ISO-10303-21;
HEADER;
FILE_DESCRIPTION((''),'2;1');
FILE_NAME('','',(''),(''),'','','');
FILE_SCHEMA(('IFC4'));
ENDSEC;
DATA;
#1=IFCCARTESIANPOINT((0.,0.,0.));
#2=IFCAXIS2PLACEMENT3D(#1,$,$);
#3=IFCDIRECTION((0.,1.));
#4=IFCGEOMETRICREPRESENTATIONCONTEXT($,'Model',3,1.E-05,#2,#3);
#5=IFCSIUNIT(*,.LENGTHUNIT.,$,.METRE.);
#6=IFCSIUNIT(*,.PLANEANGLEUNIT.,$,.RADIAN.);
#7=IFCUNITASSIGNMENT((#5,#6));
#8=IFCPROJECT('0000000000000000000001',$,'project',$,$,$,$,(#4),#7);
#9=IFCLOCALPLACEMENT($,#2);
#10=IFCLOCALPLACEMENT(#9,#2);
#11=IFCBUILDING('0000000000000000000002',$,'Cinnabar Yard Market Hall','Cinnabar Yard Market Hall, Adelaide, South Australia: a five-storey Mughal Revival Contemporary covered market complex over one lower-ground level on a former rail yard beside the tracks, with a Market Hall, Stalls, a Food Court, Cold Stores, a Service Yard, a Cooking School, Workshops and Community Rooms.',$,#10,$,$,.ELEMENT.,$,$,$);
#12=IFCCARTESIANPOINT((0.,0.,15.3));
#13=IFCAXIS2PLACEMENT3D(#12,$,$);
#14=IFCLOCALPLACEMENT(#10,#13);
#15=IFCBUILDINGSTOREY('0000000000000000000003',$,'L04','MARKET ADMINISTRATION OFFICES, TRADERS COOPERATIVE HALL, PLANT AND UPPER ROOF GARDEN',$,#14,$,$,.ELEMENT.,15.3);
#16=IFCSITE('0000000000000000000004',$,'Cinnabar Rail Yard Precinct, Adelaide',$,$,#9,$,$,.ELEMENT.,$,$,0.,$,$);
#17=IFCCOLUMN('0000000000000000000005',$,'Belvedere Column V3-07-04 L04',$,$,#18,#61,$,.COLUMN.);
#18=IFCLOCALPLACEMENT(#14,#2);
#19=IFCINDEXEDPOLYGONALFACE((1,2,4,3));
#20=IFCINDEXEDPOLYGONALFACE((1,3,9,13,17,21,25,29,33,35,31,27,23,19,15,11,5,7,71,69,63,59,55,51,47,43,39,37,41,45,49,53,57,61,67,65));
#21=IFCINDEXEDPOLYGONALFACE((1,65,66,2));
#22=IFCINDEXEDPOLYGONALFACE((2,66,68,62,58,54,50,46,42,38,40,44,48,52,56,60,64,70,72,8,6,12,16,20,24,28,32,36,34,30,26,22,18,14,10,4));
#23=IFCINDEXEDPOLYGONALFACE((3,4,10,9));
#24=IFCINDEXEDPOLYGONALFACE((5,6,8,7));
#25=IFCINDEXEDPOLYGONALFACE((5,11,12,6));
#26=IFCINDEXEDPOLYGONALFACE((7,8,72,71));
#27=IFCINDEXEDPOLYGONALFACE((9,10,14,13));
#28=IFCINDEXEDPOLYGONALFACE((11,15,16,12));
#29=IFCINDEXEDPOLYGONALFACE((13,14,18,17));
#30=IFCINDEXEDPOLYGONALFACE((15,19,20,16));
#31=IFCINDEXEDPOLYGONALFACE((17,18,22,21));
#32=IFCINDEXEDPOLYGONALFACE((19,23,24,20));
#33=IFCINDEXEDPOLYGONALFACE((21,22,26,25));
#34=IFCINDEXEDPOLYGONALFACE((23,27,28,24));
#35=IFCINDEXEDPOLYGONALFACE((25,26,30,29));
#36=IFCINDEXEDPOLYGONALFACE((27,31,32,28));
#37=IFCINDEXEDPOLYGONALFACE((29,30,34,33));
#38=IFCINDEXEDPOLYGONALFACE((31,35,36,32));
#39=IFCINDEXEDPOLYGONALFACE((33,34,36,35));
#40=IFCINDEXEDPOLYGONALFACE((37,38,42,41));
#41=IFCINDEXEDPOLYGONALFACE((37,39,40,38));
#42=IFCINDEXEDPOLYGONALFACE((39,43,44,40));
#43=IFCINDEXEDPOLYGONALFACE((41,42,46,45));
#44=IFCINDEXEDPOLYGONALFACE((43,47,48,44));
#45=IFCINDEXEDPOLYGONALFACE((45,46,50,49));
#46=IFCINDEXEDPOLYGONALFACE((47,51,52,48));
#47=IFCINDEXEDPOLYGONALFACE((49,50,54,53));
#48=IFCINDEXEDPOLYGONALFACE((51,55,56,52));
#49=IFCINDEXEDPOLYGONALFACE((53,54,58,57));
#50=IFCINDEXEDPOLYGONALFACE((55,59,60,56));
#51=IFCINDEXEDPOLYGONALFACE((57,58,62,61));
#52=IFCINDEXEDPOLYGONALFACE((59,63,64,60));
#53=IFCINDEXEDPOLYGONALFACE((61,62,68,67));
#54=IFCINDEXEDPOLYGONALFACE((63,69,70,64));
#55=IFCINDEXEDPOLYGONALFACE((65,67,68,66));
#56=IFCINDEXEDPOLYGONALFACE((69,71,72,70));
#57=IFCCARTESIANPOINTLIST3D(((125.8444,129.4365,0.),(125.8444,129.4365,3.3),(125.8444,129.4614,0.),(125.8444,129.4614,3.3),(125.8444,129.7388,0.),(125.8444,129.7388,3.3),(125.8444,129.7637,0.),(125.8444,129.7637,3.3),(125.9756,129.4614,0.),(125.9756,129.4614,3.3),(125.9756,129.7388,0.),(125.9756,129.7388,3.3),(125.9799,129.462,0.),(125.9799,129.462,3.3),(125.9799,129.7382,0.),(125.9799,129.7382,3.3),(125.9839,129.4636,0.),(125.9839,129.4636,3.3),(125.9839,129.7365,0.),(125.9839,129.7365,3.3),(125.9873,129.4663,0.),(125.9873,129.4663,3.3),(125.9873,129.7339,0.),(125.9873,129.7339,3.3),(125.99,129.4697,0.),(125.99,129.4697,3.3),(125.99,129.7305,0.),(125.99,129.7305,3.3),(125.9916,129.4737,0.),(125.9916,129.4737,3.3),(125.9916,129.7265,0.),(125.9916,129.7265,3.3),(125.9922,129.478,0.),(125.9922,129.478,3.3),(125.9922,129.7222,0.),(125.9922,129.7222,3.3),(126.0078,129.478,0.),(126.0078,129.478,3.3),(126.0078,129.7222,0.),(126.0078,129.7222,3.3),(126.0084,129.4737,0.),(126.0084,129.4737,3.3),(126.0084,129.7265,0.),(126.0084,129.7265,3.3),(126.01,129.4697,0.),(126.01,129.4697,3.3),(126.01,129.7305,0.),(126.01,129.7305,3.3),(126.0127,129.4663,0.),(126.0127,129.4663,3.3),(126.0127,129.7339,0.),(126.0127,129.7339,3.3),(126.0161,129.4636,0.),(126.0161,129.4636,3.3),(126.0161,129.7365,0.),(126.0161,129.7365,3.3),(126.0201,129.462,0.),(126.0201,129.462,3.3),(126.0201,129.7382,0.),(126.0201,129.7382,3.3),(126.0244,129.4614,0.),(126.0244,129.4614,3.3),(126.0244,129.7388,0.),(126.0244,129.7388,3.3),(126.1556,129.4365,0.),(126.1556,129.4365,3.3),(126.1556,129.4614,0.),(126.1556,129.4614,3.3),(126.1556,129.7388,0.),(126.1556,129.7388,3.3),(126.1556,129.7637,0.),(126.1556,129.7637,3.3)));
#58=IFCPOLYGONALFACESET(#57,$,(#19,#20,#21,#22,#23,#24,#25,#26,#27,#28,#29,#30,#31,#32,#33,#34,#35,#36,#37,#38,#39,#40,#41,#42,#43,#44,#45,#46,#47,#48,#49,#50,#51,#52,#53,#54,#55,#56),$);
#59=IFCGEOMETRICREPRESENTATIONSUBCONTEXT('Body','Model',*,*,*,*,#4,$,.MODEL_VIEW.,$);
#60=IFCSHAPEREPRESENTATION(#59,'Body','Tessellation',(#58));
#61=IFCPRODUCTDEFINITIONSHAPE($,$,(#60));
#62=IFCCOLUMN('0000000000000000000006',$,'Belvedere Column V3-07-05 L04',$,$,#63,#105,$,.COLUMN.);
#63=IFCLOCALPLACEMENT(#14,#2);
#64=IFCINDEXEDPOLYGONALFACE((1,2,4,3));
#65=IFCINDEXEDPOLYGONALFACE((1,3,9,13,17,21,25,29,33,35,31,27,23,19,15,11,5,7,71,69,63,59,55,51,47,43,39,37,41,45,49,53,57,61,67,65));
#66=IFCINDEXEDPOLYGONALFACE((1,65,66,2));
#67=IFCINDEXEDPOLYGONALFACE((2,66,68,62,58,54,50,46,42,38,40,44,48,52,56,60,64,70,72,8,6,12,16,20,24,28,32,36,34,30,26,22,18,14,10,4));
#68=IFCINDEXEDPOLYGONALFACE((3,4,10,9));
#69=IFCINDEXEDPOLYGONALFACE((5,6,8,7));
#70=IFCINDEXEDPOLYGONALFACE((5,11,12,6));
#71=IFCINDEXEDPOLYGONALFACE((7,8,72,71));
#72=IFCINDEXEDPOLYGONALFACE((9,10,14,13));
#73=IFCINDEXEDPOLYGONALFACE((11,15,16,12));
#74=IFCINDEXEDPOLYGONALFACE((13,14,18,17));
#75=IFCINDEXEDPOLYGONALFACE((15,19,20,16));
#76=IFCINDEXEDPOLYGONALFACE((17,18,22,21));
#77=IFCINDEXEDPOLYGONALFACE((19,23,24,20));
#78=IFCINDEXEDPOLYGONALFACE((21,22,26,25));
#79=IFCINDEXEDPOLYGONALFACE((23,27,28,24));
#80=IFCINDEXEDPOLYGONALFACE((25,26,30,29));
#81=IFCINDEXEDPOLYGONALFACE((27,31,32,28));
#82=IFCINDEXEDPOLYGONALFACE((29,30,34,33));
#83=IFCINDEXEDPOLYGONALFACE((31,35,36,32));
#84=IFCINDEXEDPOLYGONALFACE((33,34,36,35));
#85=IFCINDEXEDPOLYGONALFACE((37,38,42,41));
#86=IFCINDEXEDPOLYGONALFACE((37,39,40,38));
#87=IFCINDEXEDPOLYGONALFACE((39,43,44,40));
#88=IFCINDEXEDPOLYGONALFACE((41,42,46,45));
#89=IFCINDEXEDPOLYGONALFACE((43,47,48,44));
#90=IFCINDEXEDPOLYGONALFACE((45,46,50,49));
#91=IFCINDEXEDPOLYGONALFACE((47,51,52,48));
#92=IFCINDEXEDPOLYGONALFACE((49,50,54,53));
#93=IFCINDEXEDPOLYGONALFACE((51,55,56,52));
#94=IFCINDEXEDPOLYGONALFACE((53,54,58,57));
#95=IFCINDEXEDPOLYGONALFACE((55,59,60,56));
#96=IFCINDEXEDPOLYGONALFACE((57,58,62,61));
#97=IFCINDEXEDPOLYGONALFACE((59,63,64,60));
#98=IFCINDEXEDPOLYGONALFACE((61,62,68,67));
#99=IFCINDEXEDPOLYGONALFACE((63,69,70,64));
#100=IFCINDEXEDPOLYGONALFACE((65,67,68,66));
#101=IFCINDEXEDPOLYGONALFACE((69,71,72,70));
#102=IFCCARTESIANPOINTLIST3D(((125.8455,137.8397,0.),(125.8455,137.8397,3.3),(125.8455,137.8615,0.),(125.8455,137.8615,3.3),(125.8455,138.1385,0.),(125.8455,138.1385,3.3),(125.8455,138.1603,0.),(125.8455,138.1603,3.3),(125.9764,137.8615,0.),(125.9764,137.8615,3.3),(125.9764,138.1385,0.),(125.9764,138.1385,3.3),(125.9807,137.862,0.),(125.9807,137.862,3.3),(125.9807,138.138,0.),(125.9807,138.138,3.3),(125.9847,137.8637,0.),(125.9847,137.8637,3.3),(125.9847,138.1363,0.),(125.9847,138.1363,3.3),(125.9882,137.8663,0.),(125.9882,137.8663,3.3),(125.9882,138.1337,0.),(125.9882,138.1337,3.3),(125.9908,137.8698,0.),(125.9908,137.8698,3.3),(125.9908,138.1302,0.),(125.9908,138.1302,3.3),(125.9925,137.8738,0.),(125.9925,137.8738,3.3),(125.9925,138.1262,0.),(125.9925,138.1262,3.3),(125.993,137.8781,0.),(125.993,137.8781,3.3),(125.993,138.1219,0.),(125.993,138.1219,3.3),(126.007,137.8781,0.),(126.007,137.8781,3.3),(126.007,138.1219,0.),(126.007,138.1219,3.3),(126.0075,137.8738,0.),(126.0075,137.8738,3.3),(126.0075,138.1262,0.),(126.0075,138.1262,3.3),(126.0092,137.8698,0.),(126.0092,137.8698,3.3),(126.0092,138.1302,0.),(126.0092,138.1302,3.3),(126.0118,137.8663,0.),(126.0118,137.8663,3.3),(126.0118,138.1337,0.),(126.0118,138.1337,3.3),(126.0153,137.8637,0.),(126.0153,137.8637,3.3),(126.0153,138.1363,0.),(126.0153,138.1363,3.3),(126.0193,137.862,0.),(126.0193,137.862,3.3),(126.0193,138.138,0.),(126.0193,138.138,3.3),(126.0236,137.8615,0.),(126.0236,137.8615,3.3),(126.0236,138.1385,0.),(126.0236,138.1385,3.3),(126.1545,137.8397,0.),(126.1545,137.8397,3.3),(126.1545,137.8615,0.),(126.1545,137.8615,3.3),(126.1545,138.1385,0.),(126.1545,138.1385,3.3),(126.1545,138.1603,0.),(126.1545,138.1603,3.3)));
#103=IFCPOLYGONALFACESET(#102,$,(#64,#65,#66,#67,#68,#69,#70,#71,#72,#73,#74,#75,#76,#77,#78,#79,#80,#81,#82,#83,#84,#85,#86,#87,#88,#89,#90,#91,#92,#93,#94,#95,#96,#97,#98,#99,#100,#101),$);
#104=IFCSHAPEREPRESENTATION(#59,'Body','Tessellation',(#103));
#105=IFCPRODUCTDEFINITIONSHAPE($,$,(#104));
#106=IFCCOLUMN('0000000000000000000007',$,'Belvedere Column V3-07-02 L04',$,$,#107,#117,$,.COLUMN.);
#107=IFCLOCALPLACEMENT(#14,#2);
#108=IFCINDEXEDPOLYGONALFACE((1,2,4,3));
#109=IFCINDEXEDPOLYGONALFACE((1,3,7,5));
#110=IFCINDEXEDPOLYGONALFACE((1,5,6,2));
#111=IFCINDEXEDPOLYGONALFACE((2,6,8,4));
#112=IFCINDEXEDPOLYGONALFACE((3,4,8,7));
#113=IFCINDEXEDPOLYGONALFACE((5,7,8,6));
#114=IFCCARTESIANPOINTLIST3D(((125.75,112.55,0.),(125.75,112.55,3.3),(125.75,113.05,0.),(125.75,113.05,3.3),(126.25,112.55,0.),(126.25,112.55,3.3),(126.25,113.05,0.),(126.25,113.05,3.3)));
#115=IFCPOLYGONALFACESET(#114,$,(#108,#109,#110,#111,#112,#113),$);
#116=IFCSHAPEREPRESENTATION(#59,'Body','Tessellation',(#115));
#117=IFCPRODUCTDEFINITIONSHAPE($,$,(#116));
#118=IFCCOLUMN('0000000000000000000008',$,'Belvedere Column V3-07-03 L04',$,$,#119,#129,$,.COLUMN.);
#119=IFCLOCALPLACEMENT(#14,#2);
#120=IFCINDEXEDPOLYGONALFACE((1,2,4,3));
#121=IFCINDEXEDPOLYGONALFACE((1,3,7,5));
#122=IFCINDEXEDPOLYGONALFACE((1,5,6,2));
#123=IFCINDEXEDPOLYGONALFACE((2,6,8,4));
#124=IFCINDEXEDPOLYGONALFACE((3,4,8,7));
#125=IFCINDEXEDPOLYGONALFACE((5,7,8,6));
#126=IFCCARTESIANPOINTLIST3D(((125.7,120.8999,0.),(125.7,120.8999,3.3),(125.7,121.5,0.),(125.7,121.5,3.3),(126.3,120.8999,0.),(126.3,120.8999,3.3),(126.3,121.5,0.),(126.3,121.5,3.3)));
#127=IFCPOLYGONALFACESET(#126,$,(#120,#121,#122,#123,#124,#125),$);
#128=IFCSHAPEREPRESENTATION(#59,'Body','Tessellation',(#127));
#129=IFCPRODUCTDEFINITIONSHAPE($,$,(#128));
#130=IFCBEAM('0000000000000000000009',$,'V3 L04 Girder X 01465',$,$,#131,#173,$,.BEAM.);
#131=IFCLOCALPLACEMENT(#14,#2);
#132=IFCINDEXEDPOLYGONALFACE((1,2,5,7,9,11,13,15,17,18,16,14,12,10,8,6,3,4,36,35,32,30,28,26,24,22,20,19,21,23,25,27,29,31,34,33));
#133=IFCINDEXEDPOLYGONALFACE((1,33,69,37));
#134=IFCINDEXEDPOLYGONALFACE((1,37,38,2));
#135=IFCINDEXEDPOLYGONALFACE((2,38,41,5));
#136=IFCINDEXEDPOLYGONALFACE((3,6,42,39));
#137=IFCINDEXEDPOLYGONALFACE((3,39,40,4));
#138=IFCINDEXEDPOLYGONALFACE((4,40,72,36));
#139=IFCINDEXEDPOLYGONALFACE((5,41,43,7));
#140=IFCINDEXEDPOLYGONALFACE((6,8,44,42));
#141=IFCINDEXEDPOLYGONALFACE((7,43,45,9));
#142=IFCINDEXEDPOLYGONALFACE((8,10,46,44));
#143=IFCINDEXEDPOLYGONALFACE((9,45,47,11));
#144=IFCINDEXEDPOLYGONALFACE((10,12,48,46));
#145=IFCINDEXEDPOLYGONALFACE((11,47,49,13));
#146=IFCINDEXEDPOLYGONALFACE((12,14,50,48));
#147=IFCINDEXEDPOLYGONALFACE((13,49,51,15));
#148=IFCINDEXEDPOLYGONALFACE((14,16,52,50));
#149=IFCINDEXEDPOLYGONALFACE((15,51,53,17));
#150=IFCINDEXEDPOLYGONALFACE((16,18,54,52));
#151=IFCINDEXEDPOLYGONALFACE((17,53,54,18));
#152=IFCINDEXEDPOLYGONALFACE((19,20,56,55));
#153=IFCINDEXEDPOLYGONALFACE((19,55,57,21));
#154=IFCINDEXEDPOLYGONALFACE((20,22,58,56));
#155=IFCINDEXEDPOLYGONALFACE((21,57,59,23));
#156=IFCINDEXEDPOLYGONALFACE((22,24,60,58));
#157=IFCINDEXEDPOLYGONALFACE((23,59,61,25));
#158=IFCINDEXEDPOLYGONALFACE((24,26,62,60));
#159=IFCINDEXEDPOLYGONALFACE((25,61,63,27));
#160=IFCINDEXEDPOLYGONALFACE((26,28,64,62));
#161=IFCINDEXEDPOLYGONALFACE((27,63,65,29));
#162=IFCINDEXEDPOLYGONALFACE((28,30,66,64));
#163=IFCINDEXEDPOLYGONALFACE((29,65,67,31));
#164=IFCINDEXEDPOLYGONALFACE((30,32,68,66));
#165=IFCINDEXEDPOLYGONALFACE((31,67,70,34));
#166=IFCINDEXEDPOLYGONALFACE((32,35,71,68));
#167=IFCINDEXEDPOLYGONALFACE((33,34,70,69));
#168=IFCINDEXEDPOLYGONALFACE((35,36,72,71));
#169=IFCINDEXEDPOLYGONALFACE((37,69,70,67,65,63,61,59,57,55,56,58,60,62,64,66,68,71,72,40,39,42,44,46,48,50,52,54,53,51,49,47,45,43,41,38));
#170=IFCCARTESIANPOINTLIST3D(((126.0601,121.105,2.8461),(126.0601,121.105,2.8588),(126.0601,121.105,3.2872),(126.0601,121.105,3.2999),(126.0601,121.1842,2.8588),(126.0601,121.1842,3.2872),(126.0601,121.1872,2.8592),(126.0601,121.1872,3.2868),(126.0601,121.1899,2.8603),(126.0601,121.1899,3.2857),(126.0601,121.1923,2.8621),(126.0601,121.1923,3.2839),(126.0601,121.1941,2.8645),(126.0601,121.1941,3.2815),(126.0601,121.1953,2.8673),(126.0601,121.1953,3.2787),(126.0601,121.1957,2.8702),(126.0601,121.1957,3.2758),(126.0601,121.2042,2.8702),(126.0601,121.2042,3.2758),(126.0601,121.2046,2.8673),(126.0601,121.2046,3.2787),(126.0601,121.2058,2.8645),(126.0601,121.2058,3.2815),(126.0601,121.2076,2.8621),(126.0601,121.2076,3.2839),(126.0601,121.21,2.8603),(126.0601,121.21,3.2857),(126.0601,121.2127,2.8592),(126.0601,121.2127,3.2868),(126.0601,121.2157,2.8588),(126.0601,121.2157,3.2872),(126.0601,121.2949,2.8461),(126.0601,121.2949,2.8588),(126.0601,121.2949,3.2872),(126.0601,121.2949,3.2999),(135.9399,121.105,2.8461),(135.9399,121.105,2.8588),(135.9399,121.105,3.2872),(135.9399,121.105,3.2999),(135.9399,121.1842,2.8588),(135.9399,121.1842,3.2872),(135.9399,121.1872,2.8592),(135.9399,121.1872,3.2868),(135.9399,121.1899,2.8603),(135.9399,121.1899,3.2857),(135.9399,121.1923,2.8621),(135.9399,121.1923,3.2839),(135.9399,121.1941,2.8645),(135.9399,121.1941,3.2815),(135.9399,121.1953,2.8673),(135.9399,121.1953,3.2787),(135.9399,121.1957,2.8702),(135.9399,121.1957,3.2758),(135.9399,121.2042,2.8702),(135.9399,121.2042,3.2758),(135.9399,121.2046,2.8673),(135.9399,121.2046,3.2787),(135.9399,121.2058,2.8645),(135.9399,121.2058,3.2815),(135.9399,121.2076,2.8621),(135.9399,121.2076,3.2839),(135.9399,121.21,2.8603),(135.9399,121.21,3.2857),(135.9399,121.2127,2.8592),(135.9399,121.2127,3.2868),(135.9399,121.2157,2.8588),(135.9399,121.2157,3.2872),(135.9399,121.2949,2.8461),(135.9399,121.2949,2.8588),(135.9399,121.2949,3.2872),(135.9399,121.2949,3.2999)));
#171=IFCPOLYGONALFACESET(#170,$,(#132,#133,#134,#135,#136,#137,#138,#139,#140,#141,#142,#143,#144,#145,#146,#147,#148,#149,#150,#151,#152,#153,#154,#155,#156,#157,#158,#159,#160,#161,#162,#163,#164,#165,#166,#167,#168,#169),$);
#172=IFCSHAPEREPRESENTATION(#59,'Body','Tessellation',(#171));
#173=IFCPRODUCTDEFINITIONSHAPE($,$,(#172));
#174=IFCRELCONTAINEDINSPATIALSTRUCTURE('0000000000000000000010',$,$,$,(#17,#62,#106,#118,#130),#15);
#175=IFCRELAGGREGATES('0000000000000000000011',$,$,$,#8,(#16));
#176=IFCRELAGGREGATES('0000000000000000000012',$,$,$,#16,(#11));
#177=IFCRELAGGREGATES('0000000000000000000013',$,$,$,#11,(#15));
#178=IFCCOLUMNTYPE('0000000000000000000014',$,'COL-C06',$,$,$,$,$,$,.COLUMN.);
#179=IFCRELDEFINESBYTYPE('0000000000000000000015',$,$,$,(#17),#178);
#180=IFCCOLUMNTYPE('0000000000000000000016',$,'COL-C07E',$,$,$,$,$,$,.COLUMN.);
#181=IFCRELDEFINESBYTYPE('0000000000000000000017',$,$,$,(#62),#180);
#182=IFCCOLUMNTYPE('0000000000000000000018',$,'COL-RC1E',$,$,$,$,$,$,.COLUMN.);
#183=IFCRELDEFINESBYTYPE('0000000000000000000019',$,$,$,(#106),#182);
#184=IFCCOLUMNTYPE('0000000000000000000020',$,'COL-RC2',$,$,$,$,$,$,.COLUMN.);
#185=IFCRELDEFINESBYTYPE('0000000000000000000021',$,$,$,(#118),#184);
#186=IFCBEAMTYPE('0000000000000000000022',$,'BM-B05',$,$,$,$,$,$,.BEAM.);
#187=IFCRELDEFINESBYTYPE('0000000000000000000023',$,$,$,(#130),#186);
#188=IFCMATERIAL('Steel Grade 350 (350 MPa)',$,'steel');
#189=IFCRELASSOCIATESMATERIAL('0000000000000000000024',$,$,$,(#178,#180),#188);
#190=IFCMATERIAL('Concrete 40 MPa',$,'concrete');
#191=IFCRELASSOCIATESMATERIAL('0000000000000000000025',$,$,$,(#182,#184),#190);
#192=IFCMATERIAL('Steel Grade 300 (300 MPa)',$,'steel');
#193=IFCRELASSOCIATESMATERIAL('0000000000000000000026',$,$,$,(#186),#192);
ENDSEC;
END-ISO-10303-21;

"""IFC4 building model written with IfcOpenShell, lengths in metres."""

from ifc_helpers import new_model, si_unit, direction, frame, origin, origin_2d_with_axis, place, context, subcontext, project, spatial, rectangle, i_section, extrude, material, material_profile, profile_set, type_object, element, save


model = new_model("IFC4")

# Units and contexts
model_context = context("Model", 3, precision=1e-05, world=origin(), true_north=direction((0.0, 1.0)))
body_context = subcontext(model_context, "Body", "Model", "MODEL_VIEW")
ifc_project = project(units=[si_unit("LENGTHUNIT", "METRE"), si_unit("PLANEANGLEUNIT", "RADIAN")], contexts=[model_context])

# Site, building, storey
site_placement = place(None, origin())
site = spatial("IfcSite", under=ifc_project, at=site_placement, Name="Cinnabar Rail Yard Precinct, Adelaide", CompositionType="ELEMENT", RefElevation=0.0)
building_placement = place(site_placement, origin())
building = spatial("IfcBuilding", under=site, at=building_placement, Name="Cinnabar Yard Market Hall", Description="Cinnabar Yard Market Hall, Adelaide, South Australia: a five-storey Mughal Revival Contemporary covered market complex over one lower-ground level on a former rail yard beside the tracks, with a Market Hall, Stalls, a Food Court, Cold Stores, a Service Yard, a Cooking School, Workshops and Community Rooms.", CompositionType="ELEMENT")
storey_placement = place(building_placement, frame((0.0, 0.0, 15.3)))
storey = spatial("IfcBuildingStorey", under=building, at=storey_placement, Name="L04", Description="MARKET ADMINISTRATION OFFICES, TRADERS COOPERATIVE HALL, PLANT AND UPPER ROOF GARDEN", CompositionType="ELEMENT", Elevation=15.3)

# Columns
ifc_material_1 = material(Name="Steel Grade 350 (350 MPa)", Category="steel")
ifc_material_profile_1 = material_profile(ifc_material_1, i_section(OverallWidth=0.3113, OverallDepth=0.3271, WebThickness=0.0156, FlangeThickness=0.0249, FilletRadius=0.0166, at=origin_2d_with_axis()), Name="310UC158")
ifc_profile_set_1 = profile_set([ifc_material_profile_1], Name="Steel Grade 350 (350 MPa)")
column_type_1 = type_object("IfcColumnType", Name="COL-C06", PredefinedType="COLUMN", material=ifc_profile_set_1)
column_1_placement = place(storey_placement, frame((126.0, 129.6001, 0.0), z_axis=(0.0, 0.0, 1.0), x_axis=(1.0, 0.0, 0.0)))
element("IfcColumn", 1, at=column_1_placement, inside=storey, type_object=column_type_1, Name="Belvedere Column V3-07-04 L04", PredefinedType="COLUMN", context=body_context, shape_type="SweptSolid", body=[
    extrude(i_section(OverallWidth=0.3113, OverallDepth=0.3271, WebThickness=0.0156, FlangeThickness=0.0249, FilletRadius=0.0166, at=origin_2d_with_axis()), origin(), (0.0, 0.0, 1.0), 3.3),
])
ifc_material_profile_2 = material_profile(ifc_material_1, i_section(OverallWidth=0.3091, OverallDepth=0.3206, WebThickness=0.0139, FlangeThickness=0.0217, FilletRadius=0.0166, at=origin_2d_with_axis()), Name="310UC137")
ifc_profile_set_2 = profile_set([ifc_material_profile_2], Name="Steel Grade 350 (350 MPa)")
column_type_2 = type_object("IfcColumnType", Name="COL-C07E", PredefinedType="COLUMN", material=ifc_profile_set_2)
column_2_placement = place(storey_placement, frame((126.0, 138.0, 0.0), z_axis=(0.0, 0.0, 1.0), x_axis=(1.0, 0.0, 0.0)))
element("IfcColumn", 2, at=column_2_placement, inside=storey, type_object=column_type_2, Name="Belvedere Column V3-07-05 L04", PredefinedType="COLUMN", context=body_context, shape_type="SweptSolid", body=[
    extrude(i_section(OverallWidth=0.3091, OverallDepth=0.3206, WebThickness=0.0139, FlangeThickness=0.0217, FilletRadius=0.0166, at=origin_2d_with_axis()), origin(), (0.0, 0.0, 1.0), 3.3),
])
ifc_material_2 = material(Name="Concrete 40 MPa", Category="concrete")
ifc_material_profile_3 = material_profile(ifc_material_2, rectangle(XDim=0.5, YDim=0.5, at=origin_2d_with_axis()), Name="RC-500x500")
ifc_profile_set_3 = profile_set([ifc_material_profile_3], Name="Concrete 40 MPa")
column_type_3 = type_object("IfcColumnType", Name="COL-RC1E", PredefinedType="COLUMN", material=ifc_profile_set_3)
column_3_placement = place(storey_placement, frame((126.0, 112.8, 0.0), z_axis=(0.0, 0.0, 1.0), x_axis=(1.0, 0.0, 0.0)))
element("IfcColumn", 3, at=column_3_placement, inside=storey, type_object=column_type_3, Name="Belvedere Column V3-07-02 L04", PredefinedType="COLUMN", context=body_context, shape_type="SweptSolid", body=[
    extrude(rectangle(XDim=0.5, YDim=0.5, at=origin_2d_with_axis()), origin(), (0.0, 0.0, 1.0), 3.3),
])
ifc_material_profile_4 = material_profile(ifc_material_2, rectangle(XDim=0.6001, YDim=0.6001, at=origin_2d_with_axis()), Name="RC-600x600")
ifc_profile_set_4 = profile_set([ifc_material_profile_4], Name="Concrete 40 MPa")
column_type_4 = type_object("IfcColumnType", Name="COL-RC2", PredefinedType="COLUMN", material=ifc_profile_set_4)
column_4_placement = place(storey_placement, frame((126.0, 121.2, 0.0), z_axis=(0.0, 0.0, 1.0), x_axis=(1.0, 0.0, 0.0)))
element("IfcColumn", 4, at=column_4_placement, inside=storey, type_object=column_type_4, Name="Belvedere Column V3-07-03 L04", PredefinedType="COLUMN", context=body_context, shape_type="SweptSolid", body=[
    extrude(rectangle(XDim=0.6001, YDim=0.6001, at=origin_2d_with_axis()), origin(), (0.0, 0.0, 1.0), 3.3),
])

# Beam
ifc_material_3 = material(Name="Steel Grade 300 (300 MPa)", Category="steel")
ifc_material_profile_5 = material_profile(ifc_material_3, i_section(OverallWidth=0.1899, OverallDepth=0.4539, WebThickness=0.0085, FlangeThickness=0.0127, FilletRadius=0.0115, at=origin_2d_with_axis()), Name="460UB67.1")
ifc_profile_set_5 = profile_set([ifc_material_profile_5], Name="Steel Grade 300 (300 MPa)")
beam_type_1 = type_object("IfcBeamType", Name="BM-B05", PredefinedType="BEAM", material=ifc_profile_set_5)
for number, where, z_axis, x_axis, name in (
    (5, (126.0601, 121.2, 3.073), (1.0, 0.0, 0.0), (0.0, 1.0, 0.0), "V3 L04 Girder X 01465"),
):
    element("IfcBeam", number, at=place(storey_placement, frame(where, z_axis=z_axis, x_axis=x_axis)), inside=storey, type_object=beam_type_1, Name=name, PredefinedType="BEAM", context=body_context, shape_type="SweptSolid", body=[
        extrude(i_section(OverallWidth=0.1899, OverallDepth=0.4539, WebThickness=0.0085, FlangeThickness=0.0127, FilletRadius=0.0115, at=origin_2d_with_axis()), origin(), (0.0, 0.0, 1.0), 9.8799),
    ])

save(model, "model.ifc")
